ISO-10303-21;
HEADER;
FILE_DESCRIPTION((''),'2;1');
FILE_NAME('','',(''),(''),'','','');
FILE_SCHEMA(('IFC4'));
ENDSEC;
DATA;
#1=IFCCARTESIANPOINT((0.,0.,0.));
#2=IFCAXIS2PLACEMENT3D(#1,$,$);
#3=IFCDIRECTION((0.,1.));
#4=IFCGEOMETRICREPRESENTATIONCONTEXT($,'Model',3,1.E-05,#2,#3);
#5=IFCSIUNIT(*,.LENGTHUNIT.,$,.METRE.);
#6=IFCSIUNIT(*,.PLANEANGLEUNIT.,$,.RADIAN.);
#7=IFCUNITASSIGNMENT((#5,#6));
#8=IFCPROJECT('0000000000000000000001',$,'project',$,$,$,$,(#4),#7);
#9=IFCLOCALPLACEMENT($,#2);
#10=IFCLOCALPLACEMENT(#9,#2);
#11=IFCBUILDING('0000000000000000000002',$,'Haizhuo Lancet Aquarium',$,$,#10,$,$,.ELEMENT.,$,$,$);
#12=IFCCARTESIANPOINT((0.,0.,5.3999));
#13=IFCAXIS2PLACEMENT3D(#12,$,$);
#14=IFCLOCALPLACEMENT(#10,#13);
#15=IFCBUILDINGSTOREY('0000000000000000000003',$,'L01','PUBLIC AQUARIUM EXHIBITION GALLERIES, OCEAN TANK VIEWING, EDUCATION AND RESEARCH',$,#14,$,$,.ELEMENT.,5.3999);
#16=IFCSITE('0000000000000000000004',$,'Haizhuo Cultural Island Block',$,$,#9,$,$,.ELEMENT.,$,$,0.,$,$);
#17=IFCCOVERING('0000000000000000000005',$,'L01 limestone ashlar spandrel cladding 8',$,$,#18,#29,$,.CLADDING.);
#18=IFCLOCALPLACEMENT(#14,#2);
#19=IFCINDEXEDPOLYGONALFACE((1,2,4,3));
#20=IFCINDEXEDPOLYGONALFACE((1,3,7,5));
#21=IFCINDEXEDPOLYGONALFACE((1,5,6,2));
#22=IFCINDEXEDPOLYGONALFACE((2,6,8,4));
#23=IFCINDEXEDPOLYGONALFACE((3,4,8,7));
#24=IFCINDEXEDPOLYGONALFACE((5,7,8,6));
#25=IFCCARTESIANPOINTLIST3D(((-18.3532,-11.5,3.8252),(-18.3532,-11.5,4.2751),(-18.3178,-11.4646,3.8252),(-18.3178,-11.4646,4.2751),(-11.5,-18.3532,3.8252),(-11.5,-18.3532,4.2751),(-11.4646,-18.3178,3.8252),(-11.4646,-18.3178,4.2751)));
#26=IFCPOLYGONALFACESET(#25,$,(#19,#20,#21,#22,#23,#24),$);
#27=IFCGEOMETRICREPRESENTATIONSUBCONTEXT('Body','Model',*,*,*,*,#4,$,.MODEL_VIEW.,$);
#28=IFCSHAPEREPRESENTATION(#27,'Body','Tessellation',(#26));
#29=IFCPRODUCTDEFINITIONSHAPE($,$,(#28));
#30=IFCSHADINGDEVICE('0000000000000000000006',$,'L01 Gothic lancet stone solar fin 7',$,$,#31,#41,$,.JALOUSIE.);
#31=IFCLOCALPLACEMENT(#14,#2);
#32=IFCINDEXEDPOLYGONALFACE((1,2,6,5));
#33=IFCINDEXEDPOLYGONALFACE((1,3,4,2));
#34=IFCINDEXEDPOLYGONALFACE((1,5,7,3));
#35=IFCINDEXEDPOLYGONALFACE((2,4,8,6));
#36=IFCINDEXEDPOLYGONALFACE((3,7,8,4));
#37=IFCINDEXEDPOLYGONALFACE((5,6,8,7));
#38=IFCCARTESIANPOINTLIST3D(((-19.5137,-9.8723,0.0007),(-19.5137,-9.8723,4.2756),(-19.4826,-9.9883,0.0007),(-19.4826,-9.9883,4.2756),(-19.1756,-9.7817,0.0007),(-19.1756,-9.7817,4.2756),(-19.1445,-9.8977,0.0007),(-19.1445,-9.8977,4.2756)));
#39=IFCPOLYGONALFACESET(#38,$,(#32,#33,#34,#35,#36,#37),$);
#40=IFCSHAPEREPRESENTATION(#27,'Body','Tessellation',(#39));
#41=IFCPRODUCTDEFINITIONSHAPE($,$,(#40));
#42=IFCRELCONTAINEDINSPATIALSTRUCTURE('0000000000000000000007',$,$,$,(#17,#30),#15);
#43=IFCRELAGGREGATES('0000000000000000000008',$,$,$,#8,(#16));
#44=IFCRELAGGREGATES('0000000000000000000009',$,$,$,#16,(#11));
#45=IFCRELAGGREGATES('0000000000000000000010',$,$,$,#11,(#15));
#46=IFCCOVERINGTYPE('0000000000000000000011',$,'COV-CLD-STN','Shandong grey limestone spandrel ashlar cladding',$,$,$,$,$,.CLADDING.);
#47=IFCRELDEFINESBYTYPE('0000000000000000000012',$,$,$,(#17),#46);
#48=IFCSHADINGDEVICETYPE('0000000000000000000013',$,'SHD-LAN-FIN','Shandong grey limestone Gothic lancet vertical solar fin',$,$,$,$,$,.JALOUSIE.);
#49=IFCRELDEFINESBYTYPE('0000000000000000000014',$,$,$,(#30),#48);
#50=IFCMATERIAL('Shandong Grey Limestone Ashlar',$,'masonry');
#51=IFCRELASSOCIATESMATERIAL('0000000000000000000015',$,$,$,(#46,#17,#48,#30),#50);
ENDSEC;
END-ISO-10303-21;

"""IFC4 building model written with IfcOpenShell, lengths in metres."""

from ifc_helpers import new_model, si_unit, direction, frame, origin, origin_2d, place, context, subcontext, project, spatial, rectangle, extrude, material, type_object, element, save


model = new_model("IFC4")

# Units and contexts
model_context = context("Model", 3, precision=1e-05, world=origin(), true_north=direction((0.0, 1.0)))
body_context = subcontext(model_context, "Body", "Model", "MODEL_VIEW")
ifc_project = project(units=[si_unit("LENGTHUNIT", "METRE"), si_unit("PLANEANGLEUNIT", "RADIAN")], contexts=[model_context])

# Site, building, storey
site_placement = place(None, origin())
site = spatial("IfcSite", under=ifc_project, at=site_placement, Name="Haizhuo Cultural Island Block", CompositionType="ELEMENT", RefElevation=0.0)
building_placement = place(site_placement, origin())
building = spatial("IfcBuilding", under=site, at=building_placement, Name="Haizhuo Lancet Aquarium", CompositionType="ELEMENT")
storey_placement = place(building_placement, frame((0.0, 0.0, 5.3999)))
storey = spatial("IfcBuildingStorey", under=building, at=storey_placement, Name="L01", Description="PUBLIC AQUARIUM EXHIBITION GALLERIES, OCEAN TANK VIEWING, EDUCATION AND RESEARCH", CompositionType="ELEMENT", Elevation=5.3999)

# Shared definitions
ifc_material_1 = material(Name="Shandong Grey Limestone Ashlar", Category="masonry")

# Covering
covering_type = type_object("IfcCoveringType", Name="COV-CLD-STN", Description="Shandong grey limestone spandrel ashlar cladding", PredefinedType="CLADDING", material=ifc_material_1)
for number, where, z_axis, x_axis, name in (
    (1, (-14.9089, -14.9089, 3.8252), (0.0, 0.0, 1.0), (-0.707107, 0.707107, 0.0), "L01 limestone ashlar spandrel cladding 8"),
):
    element("IfcCovering", number, at=place(storey_placement, frame(where, z_axis=z_axis, x_axis=x_axis)), inside=storey, type_object=covering_type, material=ifc_material_1, Name=name, PredefinedType="CLADDING", context=body_context, shape_type="SweptSolid", body=[
        extrude(rectangle(XDim=9.6919, YDim=0.05, at=origin_2d()), origin(), (0.0, 0.0, 1.0), 0.45),
    ])

# Shading device
shading_device_type = type_object("IfcShadingDeviceType", Name="SHD-LAN-FIN", Description="Shandong grey limestone Gothic lancet vertical solar fin", PredefinedType="JALOUSIE", material=ifc_material_1)
shading_device_placement = place(storey_placement, frame((-19.3291, -9.885, 0.0007), z_axis=(0.0, 0.0, 1.0), x_axis=(-0.258794, 0.965933, 0.0)))
element("IfcShadingDevice", 2, at=shading_device_placement, inside=storey, type_object=shading_device_type, material=ifc_material_1, Name="L01 Gothic lancet stone solar fin 7", PredefinedType="JALOUSIE", context=body_context, shape_type="SweptSolid", body=[
    extrude(rectangle(XDim=0.1201, YDim=0.3501, at=origin_2d()), origin(), (0.0, 0.0, 1.0), 4.2749),
])

save(model, "model.ifc")
